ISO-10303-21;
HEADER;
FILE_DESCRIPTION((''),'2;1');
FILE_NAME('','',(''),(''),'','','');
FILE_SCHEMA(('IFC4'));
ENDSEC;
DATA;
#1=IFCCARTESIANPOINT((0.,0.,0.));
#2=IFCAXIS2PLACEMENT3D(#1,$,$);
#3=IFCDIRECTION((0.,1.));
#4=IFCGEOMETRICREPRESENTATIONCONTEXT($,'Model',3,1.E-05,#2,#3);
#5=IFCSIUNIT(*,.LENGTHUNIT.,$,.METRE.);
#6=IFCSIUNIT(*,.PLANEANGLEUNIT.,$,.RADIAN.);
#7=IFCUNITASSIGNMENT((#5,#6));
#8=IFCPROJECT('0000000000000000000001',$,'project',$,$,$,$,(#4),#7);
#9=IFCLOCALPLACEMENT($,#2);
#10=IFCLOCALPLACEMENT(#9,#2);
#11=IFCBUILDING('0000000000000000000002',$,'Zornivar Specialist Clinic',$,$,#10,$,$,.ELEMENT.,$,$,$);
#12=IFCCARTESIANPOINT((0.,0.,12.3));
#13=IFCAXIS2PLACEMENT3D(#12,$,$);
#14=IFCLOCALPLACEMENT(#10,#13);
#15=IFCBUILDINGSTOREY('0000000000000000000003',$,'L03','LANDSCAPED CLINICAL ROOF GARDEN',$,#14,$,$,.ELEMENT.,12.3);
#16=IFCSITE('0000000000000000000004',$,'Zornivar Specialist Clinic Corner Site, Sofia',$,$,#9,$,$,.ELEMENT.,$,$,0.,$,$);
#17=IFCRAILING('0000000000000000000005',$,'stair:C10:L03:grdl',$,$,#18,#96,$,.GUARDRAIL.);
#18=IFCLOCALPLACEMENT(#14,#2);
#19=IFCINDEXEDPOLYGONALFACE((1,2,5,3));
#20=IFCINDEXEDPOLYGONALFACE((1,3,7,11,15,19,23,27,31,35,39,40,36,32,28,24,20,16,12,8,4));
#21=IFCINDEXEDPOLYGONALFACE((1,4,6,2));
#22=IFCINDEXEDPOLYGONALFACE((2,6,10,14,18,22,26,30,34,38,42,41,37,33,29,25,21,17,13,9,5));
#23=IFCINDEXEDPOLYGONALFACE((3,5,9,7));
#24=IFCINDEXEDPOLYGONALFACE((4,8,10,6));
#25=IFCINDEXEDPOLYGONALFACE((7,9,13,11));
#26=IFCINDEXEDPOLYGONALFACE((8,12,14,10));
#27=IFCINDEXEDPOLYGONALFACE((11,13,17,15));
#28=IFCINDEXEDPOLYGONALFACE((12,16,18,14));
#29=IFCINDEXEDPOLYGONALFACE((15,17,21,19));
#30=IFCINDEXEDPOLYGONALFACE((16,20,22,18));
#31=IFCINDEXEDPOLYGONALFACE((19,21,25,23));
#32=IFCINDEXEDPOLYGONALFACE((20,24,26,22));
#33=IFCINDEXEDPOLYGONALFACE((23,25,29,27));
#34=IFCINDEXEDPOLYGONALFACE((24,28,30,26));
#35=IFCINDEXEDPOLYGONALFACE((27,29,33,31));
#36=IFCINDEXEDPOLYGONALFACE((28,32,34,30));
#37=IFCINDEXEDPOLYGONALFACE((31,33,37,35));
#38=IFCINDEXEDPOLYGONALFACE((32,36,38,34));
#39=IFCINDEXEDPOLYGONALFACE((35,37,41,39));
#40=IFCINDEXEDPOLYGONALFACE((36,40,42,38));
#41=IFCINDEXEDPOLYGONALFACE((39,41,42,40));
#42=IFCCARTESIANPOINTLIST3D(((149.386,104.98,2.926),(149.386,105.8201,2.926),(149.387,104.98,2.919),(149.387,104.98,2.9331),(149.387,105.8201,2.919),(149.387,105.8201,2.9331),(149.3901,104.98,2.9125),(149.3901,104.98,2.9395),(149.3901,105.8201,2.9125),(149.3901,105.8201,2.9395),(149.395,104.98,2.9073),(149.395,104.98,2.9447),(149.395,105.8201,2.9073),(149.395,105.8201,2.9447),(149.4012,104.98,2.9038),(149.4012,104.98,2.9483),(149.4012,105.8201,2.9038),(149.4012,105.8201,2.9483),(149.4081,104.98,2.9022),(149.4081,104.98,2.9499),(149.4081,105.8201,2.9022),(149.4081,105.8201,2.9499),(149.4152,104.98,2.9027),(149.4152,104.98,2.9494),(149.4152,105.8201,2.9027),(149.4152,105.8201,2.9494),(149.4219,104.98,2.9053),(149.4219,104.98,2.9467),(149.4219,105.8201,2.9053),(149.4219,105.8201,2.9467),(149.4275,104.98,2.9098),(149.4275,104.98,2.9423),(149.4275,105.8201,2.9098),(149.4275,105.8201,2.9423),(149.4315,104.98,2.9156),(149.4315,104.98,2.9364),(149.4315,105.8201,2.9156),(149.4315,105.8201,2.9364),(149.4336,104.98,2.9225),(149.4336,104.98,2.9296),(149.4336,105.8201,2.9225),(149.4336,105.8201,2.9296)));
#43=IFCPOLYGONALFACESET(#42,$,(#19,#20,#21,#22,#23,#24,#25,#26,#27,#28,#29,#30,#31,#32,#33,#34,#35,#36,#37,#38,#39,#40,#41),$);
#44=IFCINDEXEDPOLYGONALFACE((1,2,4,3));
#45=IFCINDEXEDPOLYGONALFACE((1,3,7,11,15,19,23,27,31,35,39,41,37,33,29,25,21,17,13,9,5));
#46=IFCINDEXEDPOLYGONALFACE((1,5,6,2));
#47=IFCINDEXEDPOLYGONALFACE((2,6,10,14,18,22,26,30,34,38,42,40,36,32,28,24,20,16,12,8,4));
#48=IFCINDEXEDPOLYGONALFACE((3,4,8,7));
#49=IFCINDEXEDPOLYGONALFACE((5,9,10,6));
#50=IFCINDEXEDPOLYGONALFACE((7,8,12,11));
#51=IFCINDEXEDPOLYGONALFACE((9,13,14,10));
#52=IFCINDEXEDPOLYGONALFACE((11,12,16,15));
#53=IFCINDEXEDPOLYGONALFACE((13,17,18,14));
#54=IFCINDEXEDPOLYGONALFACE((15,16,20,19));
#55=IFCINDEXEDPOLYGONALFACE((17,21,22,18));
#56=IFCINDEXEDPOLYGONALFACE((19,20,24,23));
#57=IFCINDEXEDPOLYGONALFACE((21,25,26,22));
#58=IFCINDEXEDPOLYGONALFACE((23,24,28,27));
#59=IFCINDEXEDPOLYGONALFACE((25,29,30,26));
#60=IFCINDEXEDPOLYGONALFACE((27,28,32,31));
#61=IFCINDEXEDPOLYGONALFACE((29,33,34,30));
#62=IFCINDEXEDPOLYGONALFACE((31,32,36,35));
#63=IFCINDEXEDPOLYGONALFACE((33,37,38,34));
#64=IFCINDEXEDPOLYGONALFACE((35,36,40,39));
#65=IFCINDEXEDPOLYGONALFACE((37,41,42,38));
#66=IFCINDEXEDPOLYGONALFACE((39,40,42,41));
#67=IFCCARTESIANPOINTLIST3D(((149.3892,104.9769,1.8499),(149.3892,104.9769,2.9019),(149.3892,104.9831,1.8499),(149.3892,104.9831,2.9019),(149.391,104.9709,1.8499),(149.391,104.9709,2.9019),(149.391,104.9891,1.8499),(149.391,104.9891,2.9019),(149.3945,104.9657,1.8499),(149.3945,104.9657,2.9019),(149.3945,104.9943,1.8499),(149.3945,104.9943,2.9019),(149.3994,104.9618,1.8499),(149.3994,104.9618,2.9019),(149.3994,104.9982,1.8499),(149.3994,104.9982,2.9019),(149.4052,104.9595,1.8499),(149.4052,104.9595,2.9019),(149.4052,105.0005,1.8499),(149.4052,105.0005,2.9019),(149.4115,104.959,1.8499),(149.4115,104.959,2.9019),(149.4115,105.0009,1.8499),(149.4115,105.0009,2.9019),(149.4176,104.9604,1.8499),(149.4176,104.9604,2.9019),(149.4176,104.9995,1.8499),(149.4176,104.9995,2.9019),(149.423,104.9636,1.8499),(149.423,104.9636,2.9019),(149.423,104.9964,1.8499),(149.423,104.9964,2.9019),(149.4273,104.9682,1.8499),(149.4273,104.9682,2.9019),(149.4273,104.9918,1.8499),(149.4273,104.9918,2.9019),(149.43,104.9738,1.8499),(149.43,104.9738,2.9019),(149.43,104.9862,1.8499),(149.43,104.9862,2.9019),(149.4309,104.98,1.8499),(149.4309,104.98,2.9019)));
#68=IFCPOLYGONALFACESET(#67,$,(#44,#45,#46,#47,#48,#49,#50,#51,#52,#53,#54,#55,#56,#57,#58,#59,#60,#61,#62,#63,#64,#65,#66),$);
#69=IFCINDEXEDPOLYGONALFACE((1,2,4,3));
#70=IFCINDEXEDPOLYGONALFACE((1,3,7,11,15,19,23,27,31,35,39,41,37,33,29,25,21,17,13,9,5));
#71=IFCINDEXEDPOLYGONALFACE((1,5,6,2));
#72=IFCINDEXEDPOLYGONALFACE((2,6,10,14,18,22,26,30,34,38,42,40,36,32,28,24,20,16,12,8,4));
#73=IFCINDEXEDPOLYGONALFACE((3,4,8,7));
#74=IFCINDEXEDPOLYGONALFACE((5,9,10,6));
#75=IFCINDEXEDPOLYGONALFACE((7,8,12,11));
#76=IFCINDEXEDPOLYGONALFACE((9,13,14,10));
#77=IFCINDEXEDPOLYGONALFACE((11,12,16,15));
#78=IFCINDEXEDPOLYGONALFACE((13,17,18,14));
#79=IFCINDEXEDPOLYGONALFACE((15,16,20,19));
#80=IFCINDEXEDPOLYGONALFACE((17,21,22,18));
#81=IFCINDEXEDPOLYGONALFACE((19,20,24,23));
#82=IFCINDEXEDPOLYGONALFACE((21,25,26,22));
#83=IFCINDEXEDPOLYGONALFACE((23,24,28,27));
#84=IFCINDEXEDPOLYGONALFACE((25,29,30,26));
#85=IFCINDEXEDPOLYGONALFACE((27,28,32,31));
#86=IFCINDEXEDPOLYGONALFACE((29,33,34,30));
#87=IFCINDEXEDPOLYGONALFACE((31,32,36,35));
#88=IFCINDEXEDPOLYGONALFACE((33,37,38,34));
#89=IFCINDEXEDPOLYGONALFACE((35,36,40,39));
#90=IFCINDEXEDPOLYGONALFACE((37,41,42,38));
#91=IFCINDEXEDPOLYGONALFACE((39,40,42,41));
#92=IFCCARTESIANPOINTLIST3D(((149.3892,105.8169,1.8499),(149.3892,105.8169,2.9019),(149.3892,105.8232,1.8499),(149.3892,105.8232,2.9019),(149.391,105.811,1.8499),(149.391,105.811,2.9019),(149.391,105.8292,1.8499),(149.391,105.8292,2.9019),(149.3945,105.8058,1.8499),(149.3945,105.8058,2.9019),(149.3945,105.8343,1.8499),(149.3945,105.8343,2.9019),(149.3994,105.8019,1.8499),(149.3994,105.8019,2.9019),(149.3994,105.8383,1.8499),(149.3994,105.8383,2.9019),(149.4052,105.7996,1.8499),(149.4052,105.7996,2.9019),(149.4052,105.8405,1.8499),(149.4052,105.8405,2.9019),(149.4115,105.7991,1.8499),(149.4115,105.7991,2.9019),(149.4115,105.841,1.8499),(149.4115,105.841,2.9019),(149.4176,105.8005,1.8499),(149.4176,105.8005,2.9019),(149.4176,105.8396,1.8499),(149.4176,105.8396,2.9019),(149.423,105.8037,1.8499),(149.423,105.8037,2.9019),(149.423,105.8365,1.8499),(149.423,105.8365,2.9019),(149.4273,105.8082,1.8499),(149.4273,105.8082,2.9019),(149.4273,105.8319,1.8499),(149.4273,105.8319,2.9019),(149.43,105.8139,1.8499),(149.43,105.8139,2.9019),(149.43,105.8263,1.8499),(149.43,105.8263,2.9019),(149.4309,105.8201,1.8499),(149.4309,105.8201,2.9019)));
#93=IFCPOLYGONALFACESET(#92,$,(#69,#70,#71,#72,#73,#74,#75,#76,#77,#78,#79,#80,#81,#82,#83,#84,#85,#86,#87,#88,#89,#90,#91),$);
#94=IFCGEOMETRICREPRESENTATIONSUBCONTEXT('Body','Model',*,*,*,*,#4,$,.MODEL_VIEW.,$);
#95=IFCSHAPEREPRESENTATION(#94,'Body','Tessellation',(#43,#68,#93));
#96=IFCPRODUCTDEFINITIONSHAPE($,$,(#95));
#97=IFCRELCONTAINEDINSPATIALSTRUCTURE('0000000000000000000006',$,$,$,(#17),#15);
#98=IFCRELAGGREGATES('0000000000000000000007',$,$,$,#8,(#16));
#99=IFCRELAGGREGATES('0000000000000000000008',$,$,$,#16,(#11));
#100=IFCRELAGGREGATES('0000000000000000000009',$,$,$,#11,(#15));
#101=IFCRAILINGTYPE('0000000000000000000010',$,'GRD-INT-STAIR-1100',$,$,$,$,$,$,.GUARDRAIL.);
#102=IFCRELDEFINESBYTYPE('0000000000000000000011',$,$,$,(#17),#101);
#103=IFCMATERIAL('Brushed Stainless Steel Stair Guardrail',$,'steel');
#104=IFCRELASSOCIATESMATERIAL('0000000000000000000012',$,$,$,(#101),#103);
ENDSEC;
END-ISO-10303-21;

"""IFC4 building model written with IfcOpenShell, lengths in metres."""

from ifc_helpers import new_model, si_unit, direction, frame, origin, origin_2d, place, context, subcontext, project, spatial, circle, extrude, material, type_object, element, save


model = new_model("IFC4")

# Units and contexts
model_context = context("Model", 3, precision=1e-05, world=origin(), true_north=direction((0.0, 1.0)))
body_context = subcontext(model_context, "Body", "Model", "MODEL_VIEW")
ifc_project = project(units=[si_unit("LENGTHUNIT", "METRE"), si_unit("PLANEANGLEUNIT", "RADIAN")], contexts=[model_context])

# Site, building, storey
site_placement = place(None, origin())
site = spatial("IfcSite", under=ifc_project, at=site_placement, Name="Zornivar Specialist Clinic Corner Site, Sofia", CompositionType="ELEMENT", RefElevation=0.0)
building_placement = place(site_placement, origin())
building = spatial("IfcBuilding", under=site, at=building_placement, Name="Zornivar Specialist Clinic", CompositionType="ELEMENT")
storey_placement = place(building_placement, frame((0.0, 0.0, 12.3)))
storey = spatial("IfcBuildingStorey", under=building, at=storey_placement, Name="L03", Description="LANDSCAPED CLINICAL ROOF GARDEN", CompositionType="ELEMENT", Elevation=12.3)

# Railing
ifc_material_1 = material(Name="Brushed Stainless Steel Stair Guardrail", Category="steel")
railing_type_1 = type_object("IfcRailingType", Name="GRD-INT-STAIR-1100", PredefinedType="GUARDRAIL", material=ifc_material_1)
railing_1_placement = place(storey_placement, frame((149.4099, 104.98, 1.8499)))
element("IfcRailing", 1, at=railing_1_placement, inside=storey, type_object=railing_type_1, Name="stair:C10:L03:grdl", PredefinedType="GUARDRAIL", context=body_context, shape_type="SweptSolid", body=[
    extrude(circle(Radius=0.0239, at=origin_2d()), frame((0.0, 0.0, 1.0762), z_axis=(0.0, 1.0, 0.0), x_axis=(-1.0, 0.0, 0.0)), (0.0, 0.0, 1.0), 0.8401),
    extrude(circle(Radius=0.021, at=origin_2d()), origin(), (0.0, 0.0, 1.0), 1.052),
    extrude(circle(Radius=0.021, at=origin_2d()), frame((0.0, 0.8401, 0.0)), (0.0, 0.0, 1.0), 1.052),
])

save(model, "model.ifc")
